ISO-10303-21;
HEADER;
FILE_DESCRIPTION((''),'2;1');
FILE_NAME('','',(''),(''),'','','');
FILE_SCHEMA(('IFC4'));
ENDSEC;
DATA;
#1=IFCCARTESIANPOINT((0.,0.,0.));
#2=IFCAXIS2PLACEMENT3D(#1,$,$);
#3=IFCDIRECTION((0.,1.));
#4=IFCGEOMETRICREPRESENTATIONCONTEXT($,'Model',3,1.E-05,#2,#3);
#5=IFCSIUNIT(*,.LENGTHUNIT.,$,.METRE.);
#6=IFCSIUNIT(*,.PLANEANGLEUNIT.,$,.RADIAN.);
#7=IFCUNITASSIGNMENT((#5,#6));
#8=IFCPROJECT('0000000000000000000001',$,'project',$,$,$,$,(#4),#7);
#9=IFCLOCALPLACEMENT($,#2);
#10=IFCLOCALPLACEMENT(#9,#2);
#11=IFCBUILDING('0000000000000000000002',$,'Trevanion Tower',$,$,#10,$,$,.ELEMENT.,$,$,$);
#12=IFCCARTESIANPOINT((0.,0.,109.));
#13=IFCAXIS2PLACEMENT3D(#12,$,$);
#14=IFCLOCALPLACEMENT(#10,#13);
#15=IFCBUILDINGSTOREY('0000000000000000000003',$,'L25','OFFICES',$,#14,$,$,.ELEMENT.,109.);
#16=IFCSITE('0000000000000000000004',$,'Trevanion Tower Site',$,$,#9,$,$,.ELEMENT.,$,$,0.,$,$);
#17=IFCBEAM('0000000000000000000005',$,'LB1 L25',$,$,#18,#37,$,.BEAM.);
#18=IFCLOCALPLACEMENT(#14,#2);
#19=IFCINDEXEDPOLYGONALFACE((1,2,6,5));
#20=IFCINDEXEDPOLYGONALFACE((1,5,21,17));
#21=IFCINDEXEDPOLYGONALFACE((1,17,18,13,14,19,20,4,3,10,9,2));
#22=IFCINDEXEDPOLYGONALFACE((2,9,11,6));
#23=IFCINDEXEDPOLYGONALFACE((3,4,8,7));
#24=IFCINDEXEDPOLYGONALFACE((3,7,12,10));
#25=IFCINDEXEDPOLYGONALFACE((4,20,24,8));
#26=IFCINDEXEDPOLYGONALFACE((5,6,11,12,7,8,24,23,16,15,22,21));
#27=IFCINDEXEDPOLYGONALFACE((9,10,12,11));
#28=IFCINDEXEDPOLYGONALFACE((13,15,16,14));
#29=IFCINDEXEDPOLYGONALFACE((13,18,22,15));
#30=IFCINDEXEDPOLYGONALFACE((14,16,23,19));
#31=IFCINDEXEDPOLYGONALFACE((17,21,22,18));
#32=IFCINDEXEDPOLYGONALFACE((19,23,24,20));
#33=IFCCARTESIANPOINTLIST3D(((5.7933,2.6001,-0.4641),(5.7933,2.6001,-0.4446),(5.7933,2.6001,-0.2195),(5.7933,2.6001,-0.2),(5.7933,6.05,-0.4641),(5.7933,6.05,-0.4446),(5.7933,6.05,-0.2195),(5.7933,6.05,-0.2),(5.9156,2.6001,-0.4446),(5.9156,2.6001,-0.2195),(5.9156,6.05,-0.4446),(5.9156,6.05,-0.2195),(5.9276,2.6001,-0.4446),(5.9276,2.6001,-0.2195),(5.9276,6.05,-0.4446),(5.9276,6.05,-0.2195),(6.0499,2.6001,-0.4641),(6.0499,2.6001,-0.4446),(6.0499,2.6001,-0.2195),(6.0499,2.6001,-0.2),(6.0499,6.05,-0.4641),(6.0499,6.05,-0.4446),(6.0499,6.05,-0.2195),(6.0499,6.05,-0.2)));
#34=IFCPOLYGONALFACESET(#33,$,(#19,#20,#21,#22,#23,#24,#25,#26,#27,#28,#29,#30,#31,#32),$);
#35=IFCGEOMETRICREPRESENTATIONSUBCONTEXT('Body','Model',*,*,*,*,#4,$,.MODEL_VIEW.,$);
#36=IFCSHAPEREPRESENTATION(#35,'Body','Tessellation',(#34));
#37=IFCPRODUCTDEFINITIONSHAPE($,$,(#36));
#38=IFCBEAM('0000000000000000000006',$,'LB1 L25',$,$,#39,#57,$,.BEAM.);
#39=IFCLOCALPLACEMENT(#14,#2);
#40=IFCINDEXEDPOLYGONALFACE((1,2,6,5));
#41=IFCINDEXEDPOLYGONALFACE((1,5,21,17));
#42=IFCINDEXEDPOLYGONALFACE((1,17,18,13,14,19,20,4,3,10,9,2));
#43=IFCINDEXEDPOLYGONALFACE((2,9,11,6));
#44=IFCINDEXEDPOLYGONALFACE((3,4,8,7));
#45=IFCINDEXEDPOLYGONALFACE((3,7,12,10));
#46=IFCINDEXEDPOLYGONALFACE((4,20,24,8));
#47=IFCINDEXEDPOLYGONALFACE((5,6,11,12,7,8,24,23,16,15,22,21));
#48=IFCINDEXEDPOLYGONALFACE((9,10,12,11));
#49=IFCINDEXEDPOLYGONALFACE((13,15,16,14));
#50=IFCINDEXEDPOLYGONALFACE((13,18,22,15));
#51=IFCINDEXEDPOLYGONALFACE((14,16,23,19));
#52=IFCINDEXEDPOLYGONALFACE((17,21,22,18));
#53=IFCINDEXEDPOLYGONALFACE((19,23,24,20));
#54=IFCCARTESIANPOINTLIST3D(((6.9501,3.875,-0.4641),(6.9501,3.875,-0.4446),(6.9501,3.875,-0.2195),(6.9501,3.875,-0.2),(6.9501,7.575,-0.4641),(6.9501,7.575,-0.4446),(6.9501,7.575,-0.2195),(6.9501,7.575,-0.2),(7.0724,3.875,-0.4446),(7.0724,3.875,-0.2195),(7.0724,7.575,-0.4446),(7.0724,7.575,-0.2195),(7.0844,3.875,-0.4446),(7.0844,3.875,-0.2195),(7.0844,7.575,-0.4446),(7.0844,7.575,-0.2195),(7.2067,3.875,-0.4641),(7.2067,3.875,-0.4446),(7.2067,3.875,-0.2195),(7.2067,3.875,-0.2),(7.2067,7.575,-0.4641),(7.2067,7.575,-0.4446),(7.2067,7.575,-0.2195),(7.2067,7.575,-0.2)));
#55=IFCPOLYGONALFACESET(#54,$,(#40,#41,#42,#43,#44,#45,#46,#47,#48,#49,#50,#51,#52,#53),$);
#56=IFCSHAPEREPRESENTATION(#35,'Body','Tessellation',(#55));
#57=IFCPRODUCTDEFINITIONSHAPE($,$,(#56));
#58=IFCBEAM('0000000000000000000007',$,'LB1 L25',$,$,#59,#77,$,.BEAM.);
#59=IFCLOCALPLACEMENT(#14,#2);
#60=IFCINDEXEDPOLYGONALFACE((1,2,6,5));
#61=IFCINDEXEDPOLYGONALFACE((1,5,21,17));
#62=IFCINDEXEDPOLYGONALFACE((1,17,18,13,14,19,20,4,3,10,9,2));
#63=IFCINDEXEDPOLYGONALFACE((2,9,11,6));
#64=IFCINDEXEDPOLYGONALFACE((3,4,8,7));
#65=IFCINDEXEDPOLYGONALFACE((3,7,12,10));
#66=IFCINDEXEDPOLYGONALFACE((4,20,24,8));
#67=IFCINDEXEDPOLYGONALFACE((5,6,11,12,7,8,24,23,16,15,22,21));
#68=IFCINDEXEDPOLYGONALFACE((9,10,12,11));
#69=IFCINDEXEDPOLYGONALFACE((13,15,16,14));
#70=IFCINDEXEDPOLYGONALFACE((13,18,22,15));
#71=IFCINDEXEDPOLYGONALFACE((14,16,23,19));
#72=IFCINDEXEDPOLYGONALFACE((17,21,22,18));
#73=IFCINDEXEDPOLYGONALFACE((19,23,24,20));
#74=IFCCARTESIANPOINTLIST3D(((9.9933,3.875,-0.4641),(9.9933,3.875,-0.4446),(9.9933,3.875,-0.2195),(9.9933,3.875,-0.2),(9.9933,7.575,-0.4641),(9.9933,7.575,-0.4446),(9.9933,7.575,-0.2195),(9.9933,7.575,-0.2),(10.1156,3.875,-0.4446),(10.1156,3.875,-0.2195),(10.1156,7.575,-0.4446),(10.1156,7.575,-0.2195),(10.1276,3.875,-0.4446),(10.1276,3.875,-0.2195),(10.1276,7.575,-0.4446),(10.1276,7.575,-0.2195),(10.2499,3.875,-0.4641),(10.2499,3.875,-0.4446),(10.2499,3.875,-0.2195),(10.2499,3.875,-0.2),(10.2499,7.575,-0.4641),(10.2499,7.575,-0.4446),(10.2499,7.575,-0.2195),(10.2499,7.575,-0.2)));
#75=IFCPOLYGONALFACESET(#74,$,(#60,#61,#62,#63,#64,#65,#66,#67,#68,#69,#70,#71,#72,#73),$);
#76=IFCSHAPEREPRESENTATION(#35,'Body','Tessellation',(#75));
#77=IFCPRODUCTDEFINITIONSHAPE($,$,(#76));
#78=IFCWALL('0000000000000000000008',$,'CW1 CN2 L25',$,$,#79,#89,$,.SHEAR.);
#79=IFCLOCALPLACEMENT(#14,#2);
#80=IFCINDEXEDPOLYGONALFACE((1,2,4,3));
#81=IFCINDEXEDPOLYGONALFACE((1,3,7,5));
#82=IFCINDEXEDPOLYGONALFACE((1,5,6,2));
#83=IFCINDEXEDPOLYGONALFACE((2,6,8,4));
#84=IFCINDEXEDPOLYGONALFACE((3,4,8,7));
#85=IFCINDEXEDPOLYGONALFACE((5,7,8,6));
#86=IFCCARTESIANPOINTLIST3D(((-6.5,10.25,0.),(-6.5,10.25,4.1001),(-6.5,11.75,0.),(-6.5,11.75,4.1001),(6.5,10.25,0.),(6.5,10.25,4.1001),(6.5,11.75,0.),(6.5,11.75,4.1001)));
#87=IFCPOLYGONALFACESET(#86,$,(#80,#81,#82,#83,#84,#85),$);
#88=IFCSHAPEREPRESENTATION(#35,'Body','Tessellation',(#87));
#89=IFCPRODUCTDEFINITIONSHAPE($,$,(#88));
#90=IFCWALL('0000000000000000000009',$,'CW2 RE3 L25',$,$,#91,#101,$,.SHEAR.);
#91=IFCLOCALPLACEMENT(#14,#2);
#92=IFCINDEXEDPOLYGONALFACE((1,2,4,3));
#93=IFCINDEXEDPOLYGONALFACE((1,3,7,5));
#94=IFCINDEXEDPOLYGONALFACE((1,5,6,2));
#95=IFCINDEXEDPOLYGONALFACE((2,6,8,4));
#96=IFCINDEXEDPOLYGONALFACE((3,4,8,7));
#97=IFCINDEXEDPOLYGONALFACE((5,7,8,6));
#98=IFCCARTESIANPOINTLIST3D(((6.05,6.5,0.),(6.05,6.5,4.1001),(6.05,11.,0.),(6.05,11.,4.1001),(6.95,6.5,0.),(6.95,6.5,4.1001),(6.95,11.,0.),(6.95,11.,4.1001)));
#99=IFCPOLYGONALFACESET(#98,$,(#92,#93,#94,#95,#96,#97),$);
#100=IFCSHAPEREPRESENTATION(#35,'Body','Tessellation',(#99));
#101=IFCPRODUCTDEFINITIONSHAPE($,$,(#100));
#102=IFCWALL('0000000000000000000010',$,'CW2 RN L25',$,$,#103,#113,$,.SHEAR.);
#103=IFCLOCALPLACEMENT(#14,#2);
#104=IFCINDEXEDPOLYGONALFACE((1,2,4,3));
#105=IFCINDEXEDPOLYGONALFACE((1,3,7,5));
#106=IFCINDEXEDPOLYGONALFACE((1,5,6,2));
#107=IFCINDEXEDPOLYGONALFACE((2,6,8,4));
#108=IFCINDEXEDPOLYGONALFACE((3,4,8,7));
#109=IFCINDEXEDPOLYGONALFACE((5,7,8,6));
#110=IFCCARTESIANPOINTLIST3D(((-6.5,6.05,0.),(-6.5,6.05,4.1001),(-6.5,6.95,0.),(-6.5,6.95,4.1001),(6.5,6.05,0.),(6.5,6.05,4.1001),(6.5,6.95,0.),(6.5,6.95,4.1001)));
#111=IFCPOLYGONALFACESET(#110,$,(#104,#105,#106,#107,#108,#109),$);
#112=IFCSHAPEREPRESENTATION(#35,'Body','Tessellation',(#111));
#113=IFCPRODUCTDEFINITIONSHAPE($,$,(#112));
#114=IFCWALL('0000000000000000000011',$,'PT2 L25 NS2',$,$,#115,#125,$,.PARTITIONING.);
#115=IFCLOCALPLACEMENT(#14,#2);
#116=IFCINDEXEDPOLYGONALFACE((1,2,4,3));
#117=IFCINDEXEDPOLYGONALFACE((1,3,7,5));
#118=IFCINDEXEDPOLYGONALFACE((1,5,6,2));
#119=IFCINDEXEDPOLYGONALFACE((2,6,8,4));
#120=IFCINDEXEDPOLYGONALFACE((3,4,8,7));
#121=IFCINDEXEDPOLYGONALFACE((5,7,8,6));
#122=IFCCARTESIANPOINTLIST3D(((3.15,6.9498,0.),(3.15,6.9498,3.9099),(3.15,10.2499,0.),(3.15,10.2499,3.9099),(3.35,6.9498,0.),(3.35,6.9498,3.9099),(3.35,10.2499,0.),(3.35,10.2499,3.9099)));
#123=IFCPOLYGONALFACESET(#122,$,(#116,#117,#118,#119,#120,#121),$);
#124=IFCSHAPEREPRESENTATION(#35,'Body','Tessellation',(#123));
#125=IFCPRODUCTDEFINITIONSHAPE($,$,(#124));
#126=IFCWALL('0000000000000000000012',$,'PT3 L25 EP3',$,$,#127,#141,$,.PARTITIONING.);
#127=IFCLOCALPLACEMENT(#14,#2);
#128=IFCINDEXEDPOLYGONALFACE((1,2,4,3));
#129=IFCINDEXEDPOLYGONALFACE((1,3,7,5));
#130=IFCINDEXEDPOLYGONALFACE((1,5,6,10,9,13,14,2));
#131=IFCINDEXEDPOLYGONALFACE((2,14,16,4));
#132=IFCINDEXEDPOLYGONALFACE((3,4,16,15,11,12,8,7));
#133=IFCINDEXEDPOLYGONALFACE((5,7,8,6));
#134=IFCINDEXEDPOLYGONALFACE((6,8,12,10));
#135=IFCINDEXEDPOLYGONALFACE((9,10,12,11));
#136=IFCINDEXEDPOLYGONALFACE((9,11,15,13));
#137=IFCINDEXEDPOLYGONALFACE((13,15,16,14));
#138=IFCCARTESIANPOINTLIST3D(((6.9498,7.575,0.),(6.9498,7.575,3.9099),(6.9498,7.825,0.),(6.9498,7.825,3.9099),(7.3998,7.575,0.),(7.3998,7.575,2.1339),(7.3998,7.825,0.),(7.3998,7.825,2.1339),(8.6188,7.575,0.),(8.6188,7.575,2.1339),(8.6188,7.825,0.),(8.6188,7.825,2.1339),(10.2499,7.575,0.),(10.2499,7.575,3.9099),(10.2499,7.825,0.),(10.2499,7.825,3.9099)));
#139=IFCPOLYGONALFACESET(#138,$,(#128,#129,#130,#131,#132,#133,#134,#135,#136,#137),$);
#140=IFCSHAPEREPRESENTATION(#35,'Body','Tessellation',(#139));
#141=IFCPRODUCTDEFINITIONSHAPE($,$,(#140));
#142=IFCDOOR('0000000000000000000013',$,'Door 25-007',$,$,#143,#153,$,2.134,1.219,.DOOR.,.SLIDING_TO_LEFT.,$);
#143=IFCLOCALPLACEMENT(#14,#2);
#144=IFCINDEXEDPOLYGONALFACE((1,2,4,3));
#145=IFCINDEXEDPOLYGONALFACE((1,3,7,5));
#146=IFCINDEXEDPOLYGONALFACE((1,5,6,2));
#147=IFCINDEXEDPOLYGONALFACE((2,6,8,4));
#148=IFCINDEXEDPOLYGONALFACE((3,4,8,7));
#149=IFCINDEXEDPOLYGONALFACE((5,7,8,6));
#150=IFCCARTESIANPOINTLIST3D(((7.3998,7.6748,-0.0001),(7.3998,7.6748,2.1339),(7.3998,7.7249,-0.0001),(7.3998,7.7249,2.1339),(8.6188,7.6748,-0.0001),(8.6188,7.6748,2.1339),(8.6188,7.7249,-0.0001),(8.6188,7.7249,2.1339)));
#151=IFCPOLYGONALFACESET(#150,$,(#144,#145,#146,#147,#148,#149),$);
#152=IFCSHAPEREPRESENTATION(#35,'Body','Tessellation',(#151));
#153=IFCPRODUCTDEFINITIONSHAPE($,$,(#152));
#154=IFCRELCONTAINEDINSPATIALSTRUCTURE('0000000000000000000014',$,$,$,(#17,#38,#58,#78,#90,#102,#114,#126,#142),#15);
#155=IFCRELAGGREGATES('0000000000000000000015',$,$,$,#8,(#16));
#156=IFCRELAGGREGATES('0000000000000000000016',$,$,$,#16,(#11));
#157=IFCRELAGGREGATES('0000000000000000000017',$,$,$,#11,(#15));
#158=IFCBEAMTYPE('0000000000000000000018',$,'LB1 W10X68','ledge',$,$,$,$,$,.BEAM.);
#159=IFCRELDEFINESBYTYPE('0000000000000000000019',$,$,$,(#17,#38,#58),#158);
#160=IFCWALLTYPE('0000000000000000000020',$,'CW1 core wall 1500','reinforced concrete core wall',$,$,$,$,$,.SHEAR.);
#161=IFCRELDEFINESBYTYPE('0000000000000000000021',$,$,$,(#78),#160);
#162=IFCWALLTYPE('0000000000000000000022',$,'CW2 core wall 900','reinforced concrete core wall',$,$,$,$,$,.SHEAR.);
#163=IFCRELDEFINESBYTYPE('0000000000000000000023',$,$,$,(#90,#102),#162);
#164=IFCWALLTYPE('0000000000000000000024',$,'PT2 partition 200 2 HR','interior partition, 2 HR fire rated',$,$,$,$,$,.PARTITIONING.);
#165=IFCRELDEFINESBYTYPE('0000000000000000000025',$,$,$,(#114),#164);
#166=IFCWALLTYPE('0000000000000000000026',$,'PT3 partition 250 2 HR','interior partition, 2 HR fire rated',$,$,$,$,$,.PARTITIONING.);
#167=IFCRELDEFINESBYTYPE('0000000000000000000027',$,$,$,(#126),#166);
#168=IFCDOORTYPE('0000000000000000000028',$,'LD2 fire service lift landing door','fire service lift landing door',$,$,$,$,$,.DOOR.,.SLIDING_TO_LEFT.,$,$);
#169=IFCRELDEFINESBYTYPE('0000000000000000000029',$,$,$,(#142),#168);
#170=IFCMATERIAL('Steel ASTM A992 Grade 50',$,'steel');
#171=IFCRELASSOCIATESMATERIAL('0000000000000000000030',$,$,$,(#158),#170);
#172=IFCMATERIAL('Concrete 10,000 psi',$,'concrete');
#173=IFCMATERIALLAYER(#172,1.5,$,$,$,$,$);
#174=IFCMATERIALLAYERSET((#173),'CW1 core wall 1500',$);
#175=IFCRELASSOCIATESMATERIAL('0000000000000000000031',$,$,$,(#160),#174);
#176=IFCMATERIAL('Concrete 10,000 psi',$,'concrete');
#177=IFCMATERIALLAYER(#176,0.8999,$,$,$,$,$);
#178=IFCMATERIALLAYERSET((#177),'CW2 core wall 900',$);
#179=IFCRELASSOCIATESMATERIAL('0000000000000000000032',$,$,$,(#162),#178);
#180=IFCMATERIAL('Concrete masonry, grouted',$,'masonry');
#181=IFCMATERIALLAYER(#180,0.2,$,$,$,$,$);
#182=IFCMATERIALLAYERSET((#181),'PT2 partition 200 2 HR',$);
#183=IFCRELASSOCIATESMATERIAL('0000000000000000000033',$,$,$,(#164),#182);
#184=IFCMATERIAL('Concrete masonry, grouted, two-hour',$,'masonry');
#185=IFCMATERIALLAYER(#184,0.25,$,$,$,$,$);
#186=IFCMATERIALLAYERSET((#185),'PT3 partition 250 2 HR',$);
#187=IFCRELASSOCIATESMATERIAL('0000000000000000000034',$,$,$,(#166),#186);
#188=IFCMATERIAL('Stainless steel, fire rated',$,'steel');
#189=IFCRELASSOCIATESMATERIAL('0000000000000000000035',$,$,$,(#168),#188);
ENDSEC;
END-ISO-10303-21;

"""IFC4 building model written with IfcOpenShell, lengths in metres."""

from ifc_helpers import new_model, si_unit, direction, frame, frame_2d, origin, origin_2d, place, context, subcontext, project, spatial, rectangle, i_section, extrude, material, layer, layer_set, material_profile, profile_set, type_object, element, fill, save


model = new_model("IFC4")

# Units and contexts
model_context = context("Model", 3, precision=1e-05, world=origin(), true_north=direction((0.0, 1.0)))
body_context = subcontext(model_context, "Body", "Model", "MODEL_VIEW")
ifc_project = project(units=[si_unit("LENGTHUNIT", "METRE"), si_unit("PLANEANGLEUNIT", "RADIAN")], contexts=[model_context])

# Site, building, storey
site_placement = place(None, origin())
site = spatial("IfcSite", under=ifc_project, at=site_placement, Name="Trevanion Tower Site", CompositionType="ELEMENT", RefElevation=0.0)
building_placement = place(site_placement, origin())
building = spatial("IfcBuilding", under=site, at=building_placement, Name="Trevanion Tower", CompositionType="ELEMENT")
storey_placement = place(building_placement, frame((0.0, 0.0, 109.0)))
storey = spatial("IfcBuildingStorey", under=building, at=storey_placement, Name="L25", Description="OFFICES", CompositionType="ELEMENT", Elevation=109.0)

# Beams
ifc_material_1 = material(Name="Steel ASTM A992 Grade 50", Category="steel")
ifc_material_profile = material_profile(ifc_material_1, i_section(OverallWidth=0.2566, OverallDepth=0.2642, WebThickness=0.012, FlangeThickness=0.0195, at=origin_2d()), Name="W10X68")
ifc_profile_set = profile_set([ifc_material_profile], Name="Steel ASTM A992 Grade 50")
beam_type = type_object("IfcBeamType", Name="LB1 W10X68", Description="ledge", PredefinedType="BEAM", material=ifc_profile_set)
beam_placement = place(storey_placement, frame((5.9216, 2.6001, -0.332), z_axis=(0.0, 1.0, 0.0), x_axis=(-1.0, 0.0, 0.0)))
element("IfcBeam", 1, at=beam_placement, inside=storey, type_object=beam_type, Name="LB1 L25", PredefinedType="BEAM", context=body_context, shape_type="SweptSolid", body=[
    extrude(i_section(OverallWidth=0.2566, OverallDepth=0.2642, WebThickness=0.012, FlangeThickness=0.0195, at=origin_2d()), origin(), (0.0, 0.0, 1.0), 3.45),
])
for number, where, z_axis, x_axis, name in (
    (2, (7.0784, 3.875, -0.332), (0.0, 1.0, 0.0), (-1.0, 0.0, 0.0), "LB1 L25"),
    (3, (10.1216, 3.875, -0.332), (0.0, 1.0, 0.0), (-1.0, 0.0, 0.0), "LB1 L25"),
):
    element("IfcBeam", number, at=place(storey_placement, frame(where, z_axis=z_axis, x_axis=x_axis)), inside=storey, type_object=beam_type, Name=name, PredefinedType="BEAM", context=body_context, shape_type="SweptSolid", body=[
        extrude(i_section(OverallWidth=0.2566, OverallDepth=0.2642, WebThickness=0.012, FlangeThickness=0.0195, at=origin_2d()), origin(), (0.0, 0.0, 1.0), 3.7),
    ])

# Walls
ifc_material_2 = material(Name="Concrete 10,000 psi", Category="concrete")
ifc_layer_1 = layer(ifc_material_2, 1.5)
ifc_layer_set_1 = layer_set([ifc_layer_1], Name="CW1 core wall 1500")
wall_type_1 = type_object("IfcWallType", Name="CW1 core wall 1500", Description="reinforced concrete core wall", PredefinedType="SHEAR", material=ifc_layer_set_1)
wall_1_placement = place(storey_placement, frame((6.5, 11.0, 0.0), z_axis=(0.0, 0.0, 1.0), x_axis=(-1.0, 0.0, 0.0)))
element("IfcWall", 4, at=wall_1_placement, inside=storey, type_object=wall_type_1, Name="CW1 CN2 L25", PredefinedType="SHEAR", context=body_context, shape_type="SweptSolid", body=[
    extrude(rectangle(XDim=13.0, YDim=1.5, at=frame_2d((6.5, 0.0))), origin(), (0.0, 0.0, 1.0), 4.1001),
])
ifc_material_3 = material(Name="Concrete 10,000 psi", Category="concrete")
ifc_layer_2 = layer(ifc_material_3, 0.8999)
ifc_layer_set_2 = layer_set([ifc_layer_2], Name="CW2 core wall 900")
wall_type_2 = type_object("IfcWallType", Name="CW2 core wall 900", Description="reinforced concrete core wall", PredefinedType="SHEAR", material=ifc_layer_set_2)
wall_2_placement = place(storey_placement, frame((6.5, 6.5, 0.0), z_axis=(0.0, 0.0, 1.0), x_axis=(0.0, 1.0, 0.0)))
element("IfcWall", 5, at=wall_2_placement, inside=storey, type_object=wall_type_2, Name="CW2 RE3 L25", PredefinedType="SHEAR", context=body_context, shape_type="SweptSolid", body=[
    extrude(rectangle(XDim=4.5, YDim=0.8999, at=frame_2d((2.25, 0.0))), origin(), (0.0, 0.0, 1.0), 4.1001),
])
wall_3_placement = place(storey_placement, frame((6.5, 6.5, 0.0), z_axis=(0.0, 0.0, 1.0), x_axis=(-1.0, 0.0, 0.0)))
element("IfcWall", 6, at=wall_3_placement, inside=storey, type_object=wall_type_2, Name="CW2 RN L25", PredefinedType="SHEAR", context=body_context, shape_type="SweptSolid", body=[
    extrude(rectangle(XDim=13.0, YDim=0.8999, at=frame_2d((6.5, 0.0))), origin(), (0.0, 0.0, 1.0), 4.1001),
])
ifc_material_4 = material(Name="Concrete masonry, grouted", Category="masonry")
ifc_layer_3 = layer(ifc_material_4, 0.2)
ifc_layer_set_3 = layer_set([ifc_layer_3], Name="PT2 partition 200 2 HR")
wall_type_3 = type_object("IfcWallType", Name="PT2 partition 200 2 HR", Description="interior partition, 2 HR fire rated", PredefinedType="PARTITIONING", material=ifc_layer_set_3)
wall_4_placement = place(storey_placement, frame((3.25, 6.95, 0.0), z_axis=(0.0, 0.0, 1.0), x_axis=(0.0, 1.0, 0.0)))
element("IfcWall", 7, at=wall_4_placement, inside=storey, type_object=wall_type_3, Name="PT2 L25 NS2", PredefinedType="PARTITIONING", context=body_context, shape_type="SweptSolid", body=[
    extrude(rectangle(XDim=3.3, YDim=0.2, at=frame_2d((1.6499, 0.0))), origin(), (0.0, 0.0, 1.0), 3.9099),
])

# Wall, opening, door
ifc_material_5 = material(Name="Concrete masonry, grouted, two-hour", Category="masonry")
ifc_layer_4 = layer(ifc_material_5, 0.25)
ifc_layer_set_4 = layer_set([ifc_layer_4], Name="PT3 partition 250 2 HR")
wall_type_4 = type_object("IfcWallType", Name="PT3 partition 250 2 HR", Description="interior partition, 2 HR fire rated", PredefinedType="PARTITIONING", material=ifc_layer_set_4)
wall_5_placement = place(storey_placement, frame((6.95, 7.7, 0.0), z_axis=(0.0, 0.0, 1.0), x_axis=(1.0, 0.0, 0.0)))
wall_5 = element("IfcWall", 8, at=wall_5_placement, inside=storey, type_object=wall_type_4, Name="PT3 L25 EP3", PredefinedType="PARTITIONING", context=body_context, shape_type="SweptSolid", body=[
    extrude(rectangle(XDim=3.3, YDim=0.25, at=frame_2d((1.6499, 0.0))), origin(), (0.0, 0.0, 1.0), 3.9099),
])
opening_1_placement = place(wall_5_placement, frame((0.45, 0.0, 0.0)))
opening_1 = element("IfcOpeningElement", 9, at=opening_1_placement, cuts=wall_5, PredefinedType="OPENING", context=body_context, shape_type="SweptSolid", body=[
    extrude(rectangle(XDim=1.219, YDim=2.134, at=frame_2d((0.6094, 1.0669))), frame((0.0, 0.135, 0.0), z_axis=(0.0, -1.0, 0.0), x_axis=(1.0, 0.0, 0.0)), (0.0, 0.0, 1.0), 0.27),
])
ifc_material_6 = material(Name="Stainless steel, fire rated", Category="steel")
door_type_1 = type_object("IfcDoorType", Name="LD2 fire service lift landing door", Description="fire service lift landing door", OperationType="SLIDING_TO_LEFT", PredefinedType="DOOR", material=ifc_material_6)
door_1_placement = place(opening_1_placement, origin())
door_1 = element("IfcDoor", 10, at=door_1_placement, inside=storey, type_object=door_type_1, Name="Door 25-007", OperationType="SLIDING_TO_LEFT", OverallHeight=2.134, OverallWidth=1.219, PredefinedType="DOOR", context=body_context, shape_type="SweptSolid", body=[
    extrude(rectangle(XDim=1.219, YDim=2.134, at=frame_2d((0.6094, 1.0669))), frame((0.0, 0.0249, 0.0), z_axis=(0.0, -1.0, 0.0), x_axis=(1.0, 0.0, 0.0)), (0.0, 0.0, 1.0), 0.05),
])
fill(opening_1, door_1)

save(model, "model.ifc")
